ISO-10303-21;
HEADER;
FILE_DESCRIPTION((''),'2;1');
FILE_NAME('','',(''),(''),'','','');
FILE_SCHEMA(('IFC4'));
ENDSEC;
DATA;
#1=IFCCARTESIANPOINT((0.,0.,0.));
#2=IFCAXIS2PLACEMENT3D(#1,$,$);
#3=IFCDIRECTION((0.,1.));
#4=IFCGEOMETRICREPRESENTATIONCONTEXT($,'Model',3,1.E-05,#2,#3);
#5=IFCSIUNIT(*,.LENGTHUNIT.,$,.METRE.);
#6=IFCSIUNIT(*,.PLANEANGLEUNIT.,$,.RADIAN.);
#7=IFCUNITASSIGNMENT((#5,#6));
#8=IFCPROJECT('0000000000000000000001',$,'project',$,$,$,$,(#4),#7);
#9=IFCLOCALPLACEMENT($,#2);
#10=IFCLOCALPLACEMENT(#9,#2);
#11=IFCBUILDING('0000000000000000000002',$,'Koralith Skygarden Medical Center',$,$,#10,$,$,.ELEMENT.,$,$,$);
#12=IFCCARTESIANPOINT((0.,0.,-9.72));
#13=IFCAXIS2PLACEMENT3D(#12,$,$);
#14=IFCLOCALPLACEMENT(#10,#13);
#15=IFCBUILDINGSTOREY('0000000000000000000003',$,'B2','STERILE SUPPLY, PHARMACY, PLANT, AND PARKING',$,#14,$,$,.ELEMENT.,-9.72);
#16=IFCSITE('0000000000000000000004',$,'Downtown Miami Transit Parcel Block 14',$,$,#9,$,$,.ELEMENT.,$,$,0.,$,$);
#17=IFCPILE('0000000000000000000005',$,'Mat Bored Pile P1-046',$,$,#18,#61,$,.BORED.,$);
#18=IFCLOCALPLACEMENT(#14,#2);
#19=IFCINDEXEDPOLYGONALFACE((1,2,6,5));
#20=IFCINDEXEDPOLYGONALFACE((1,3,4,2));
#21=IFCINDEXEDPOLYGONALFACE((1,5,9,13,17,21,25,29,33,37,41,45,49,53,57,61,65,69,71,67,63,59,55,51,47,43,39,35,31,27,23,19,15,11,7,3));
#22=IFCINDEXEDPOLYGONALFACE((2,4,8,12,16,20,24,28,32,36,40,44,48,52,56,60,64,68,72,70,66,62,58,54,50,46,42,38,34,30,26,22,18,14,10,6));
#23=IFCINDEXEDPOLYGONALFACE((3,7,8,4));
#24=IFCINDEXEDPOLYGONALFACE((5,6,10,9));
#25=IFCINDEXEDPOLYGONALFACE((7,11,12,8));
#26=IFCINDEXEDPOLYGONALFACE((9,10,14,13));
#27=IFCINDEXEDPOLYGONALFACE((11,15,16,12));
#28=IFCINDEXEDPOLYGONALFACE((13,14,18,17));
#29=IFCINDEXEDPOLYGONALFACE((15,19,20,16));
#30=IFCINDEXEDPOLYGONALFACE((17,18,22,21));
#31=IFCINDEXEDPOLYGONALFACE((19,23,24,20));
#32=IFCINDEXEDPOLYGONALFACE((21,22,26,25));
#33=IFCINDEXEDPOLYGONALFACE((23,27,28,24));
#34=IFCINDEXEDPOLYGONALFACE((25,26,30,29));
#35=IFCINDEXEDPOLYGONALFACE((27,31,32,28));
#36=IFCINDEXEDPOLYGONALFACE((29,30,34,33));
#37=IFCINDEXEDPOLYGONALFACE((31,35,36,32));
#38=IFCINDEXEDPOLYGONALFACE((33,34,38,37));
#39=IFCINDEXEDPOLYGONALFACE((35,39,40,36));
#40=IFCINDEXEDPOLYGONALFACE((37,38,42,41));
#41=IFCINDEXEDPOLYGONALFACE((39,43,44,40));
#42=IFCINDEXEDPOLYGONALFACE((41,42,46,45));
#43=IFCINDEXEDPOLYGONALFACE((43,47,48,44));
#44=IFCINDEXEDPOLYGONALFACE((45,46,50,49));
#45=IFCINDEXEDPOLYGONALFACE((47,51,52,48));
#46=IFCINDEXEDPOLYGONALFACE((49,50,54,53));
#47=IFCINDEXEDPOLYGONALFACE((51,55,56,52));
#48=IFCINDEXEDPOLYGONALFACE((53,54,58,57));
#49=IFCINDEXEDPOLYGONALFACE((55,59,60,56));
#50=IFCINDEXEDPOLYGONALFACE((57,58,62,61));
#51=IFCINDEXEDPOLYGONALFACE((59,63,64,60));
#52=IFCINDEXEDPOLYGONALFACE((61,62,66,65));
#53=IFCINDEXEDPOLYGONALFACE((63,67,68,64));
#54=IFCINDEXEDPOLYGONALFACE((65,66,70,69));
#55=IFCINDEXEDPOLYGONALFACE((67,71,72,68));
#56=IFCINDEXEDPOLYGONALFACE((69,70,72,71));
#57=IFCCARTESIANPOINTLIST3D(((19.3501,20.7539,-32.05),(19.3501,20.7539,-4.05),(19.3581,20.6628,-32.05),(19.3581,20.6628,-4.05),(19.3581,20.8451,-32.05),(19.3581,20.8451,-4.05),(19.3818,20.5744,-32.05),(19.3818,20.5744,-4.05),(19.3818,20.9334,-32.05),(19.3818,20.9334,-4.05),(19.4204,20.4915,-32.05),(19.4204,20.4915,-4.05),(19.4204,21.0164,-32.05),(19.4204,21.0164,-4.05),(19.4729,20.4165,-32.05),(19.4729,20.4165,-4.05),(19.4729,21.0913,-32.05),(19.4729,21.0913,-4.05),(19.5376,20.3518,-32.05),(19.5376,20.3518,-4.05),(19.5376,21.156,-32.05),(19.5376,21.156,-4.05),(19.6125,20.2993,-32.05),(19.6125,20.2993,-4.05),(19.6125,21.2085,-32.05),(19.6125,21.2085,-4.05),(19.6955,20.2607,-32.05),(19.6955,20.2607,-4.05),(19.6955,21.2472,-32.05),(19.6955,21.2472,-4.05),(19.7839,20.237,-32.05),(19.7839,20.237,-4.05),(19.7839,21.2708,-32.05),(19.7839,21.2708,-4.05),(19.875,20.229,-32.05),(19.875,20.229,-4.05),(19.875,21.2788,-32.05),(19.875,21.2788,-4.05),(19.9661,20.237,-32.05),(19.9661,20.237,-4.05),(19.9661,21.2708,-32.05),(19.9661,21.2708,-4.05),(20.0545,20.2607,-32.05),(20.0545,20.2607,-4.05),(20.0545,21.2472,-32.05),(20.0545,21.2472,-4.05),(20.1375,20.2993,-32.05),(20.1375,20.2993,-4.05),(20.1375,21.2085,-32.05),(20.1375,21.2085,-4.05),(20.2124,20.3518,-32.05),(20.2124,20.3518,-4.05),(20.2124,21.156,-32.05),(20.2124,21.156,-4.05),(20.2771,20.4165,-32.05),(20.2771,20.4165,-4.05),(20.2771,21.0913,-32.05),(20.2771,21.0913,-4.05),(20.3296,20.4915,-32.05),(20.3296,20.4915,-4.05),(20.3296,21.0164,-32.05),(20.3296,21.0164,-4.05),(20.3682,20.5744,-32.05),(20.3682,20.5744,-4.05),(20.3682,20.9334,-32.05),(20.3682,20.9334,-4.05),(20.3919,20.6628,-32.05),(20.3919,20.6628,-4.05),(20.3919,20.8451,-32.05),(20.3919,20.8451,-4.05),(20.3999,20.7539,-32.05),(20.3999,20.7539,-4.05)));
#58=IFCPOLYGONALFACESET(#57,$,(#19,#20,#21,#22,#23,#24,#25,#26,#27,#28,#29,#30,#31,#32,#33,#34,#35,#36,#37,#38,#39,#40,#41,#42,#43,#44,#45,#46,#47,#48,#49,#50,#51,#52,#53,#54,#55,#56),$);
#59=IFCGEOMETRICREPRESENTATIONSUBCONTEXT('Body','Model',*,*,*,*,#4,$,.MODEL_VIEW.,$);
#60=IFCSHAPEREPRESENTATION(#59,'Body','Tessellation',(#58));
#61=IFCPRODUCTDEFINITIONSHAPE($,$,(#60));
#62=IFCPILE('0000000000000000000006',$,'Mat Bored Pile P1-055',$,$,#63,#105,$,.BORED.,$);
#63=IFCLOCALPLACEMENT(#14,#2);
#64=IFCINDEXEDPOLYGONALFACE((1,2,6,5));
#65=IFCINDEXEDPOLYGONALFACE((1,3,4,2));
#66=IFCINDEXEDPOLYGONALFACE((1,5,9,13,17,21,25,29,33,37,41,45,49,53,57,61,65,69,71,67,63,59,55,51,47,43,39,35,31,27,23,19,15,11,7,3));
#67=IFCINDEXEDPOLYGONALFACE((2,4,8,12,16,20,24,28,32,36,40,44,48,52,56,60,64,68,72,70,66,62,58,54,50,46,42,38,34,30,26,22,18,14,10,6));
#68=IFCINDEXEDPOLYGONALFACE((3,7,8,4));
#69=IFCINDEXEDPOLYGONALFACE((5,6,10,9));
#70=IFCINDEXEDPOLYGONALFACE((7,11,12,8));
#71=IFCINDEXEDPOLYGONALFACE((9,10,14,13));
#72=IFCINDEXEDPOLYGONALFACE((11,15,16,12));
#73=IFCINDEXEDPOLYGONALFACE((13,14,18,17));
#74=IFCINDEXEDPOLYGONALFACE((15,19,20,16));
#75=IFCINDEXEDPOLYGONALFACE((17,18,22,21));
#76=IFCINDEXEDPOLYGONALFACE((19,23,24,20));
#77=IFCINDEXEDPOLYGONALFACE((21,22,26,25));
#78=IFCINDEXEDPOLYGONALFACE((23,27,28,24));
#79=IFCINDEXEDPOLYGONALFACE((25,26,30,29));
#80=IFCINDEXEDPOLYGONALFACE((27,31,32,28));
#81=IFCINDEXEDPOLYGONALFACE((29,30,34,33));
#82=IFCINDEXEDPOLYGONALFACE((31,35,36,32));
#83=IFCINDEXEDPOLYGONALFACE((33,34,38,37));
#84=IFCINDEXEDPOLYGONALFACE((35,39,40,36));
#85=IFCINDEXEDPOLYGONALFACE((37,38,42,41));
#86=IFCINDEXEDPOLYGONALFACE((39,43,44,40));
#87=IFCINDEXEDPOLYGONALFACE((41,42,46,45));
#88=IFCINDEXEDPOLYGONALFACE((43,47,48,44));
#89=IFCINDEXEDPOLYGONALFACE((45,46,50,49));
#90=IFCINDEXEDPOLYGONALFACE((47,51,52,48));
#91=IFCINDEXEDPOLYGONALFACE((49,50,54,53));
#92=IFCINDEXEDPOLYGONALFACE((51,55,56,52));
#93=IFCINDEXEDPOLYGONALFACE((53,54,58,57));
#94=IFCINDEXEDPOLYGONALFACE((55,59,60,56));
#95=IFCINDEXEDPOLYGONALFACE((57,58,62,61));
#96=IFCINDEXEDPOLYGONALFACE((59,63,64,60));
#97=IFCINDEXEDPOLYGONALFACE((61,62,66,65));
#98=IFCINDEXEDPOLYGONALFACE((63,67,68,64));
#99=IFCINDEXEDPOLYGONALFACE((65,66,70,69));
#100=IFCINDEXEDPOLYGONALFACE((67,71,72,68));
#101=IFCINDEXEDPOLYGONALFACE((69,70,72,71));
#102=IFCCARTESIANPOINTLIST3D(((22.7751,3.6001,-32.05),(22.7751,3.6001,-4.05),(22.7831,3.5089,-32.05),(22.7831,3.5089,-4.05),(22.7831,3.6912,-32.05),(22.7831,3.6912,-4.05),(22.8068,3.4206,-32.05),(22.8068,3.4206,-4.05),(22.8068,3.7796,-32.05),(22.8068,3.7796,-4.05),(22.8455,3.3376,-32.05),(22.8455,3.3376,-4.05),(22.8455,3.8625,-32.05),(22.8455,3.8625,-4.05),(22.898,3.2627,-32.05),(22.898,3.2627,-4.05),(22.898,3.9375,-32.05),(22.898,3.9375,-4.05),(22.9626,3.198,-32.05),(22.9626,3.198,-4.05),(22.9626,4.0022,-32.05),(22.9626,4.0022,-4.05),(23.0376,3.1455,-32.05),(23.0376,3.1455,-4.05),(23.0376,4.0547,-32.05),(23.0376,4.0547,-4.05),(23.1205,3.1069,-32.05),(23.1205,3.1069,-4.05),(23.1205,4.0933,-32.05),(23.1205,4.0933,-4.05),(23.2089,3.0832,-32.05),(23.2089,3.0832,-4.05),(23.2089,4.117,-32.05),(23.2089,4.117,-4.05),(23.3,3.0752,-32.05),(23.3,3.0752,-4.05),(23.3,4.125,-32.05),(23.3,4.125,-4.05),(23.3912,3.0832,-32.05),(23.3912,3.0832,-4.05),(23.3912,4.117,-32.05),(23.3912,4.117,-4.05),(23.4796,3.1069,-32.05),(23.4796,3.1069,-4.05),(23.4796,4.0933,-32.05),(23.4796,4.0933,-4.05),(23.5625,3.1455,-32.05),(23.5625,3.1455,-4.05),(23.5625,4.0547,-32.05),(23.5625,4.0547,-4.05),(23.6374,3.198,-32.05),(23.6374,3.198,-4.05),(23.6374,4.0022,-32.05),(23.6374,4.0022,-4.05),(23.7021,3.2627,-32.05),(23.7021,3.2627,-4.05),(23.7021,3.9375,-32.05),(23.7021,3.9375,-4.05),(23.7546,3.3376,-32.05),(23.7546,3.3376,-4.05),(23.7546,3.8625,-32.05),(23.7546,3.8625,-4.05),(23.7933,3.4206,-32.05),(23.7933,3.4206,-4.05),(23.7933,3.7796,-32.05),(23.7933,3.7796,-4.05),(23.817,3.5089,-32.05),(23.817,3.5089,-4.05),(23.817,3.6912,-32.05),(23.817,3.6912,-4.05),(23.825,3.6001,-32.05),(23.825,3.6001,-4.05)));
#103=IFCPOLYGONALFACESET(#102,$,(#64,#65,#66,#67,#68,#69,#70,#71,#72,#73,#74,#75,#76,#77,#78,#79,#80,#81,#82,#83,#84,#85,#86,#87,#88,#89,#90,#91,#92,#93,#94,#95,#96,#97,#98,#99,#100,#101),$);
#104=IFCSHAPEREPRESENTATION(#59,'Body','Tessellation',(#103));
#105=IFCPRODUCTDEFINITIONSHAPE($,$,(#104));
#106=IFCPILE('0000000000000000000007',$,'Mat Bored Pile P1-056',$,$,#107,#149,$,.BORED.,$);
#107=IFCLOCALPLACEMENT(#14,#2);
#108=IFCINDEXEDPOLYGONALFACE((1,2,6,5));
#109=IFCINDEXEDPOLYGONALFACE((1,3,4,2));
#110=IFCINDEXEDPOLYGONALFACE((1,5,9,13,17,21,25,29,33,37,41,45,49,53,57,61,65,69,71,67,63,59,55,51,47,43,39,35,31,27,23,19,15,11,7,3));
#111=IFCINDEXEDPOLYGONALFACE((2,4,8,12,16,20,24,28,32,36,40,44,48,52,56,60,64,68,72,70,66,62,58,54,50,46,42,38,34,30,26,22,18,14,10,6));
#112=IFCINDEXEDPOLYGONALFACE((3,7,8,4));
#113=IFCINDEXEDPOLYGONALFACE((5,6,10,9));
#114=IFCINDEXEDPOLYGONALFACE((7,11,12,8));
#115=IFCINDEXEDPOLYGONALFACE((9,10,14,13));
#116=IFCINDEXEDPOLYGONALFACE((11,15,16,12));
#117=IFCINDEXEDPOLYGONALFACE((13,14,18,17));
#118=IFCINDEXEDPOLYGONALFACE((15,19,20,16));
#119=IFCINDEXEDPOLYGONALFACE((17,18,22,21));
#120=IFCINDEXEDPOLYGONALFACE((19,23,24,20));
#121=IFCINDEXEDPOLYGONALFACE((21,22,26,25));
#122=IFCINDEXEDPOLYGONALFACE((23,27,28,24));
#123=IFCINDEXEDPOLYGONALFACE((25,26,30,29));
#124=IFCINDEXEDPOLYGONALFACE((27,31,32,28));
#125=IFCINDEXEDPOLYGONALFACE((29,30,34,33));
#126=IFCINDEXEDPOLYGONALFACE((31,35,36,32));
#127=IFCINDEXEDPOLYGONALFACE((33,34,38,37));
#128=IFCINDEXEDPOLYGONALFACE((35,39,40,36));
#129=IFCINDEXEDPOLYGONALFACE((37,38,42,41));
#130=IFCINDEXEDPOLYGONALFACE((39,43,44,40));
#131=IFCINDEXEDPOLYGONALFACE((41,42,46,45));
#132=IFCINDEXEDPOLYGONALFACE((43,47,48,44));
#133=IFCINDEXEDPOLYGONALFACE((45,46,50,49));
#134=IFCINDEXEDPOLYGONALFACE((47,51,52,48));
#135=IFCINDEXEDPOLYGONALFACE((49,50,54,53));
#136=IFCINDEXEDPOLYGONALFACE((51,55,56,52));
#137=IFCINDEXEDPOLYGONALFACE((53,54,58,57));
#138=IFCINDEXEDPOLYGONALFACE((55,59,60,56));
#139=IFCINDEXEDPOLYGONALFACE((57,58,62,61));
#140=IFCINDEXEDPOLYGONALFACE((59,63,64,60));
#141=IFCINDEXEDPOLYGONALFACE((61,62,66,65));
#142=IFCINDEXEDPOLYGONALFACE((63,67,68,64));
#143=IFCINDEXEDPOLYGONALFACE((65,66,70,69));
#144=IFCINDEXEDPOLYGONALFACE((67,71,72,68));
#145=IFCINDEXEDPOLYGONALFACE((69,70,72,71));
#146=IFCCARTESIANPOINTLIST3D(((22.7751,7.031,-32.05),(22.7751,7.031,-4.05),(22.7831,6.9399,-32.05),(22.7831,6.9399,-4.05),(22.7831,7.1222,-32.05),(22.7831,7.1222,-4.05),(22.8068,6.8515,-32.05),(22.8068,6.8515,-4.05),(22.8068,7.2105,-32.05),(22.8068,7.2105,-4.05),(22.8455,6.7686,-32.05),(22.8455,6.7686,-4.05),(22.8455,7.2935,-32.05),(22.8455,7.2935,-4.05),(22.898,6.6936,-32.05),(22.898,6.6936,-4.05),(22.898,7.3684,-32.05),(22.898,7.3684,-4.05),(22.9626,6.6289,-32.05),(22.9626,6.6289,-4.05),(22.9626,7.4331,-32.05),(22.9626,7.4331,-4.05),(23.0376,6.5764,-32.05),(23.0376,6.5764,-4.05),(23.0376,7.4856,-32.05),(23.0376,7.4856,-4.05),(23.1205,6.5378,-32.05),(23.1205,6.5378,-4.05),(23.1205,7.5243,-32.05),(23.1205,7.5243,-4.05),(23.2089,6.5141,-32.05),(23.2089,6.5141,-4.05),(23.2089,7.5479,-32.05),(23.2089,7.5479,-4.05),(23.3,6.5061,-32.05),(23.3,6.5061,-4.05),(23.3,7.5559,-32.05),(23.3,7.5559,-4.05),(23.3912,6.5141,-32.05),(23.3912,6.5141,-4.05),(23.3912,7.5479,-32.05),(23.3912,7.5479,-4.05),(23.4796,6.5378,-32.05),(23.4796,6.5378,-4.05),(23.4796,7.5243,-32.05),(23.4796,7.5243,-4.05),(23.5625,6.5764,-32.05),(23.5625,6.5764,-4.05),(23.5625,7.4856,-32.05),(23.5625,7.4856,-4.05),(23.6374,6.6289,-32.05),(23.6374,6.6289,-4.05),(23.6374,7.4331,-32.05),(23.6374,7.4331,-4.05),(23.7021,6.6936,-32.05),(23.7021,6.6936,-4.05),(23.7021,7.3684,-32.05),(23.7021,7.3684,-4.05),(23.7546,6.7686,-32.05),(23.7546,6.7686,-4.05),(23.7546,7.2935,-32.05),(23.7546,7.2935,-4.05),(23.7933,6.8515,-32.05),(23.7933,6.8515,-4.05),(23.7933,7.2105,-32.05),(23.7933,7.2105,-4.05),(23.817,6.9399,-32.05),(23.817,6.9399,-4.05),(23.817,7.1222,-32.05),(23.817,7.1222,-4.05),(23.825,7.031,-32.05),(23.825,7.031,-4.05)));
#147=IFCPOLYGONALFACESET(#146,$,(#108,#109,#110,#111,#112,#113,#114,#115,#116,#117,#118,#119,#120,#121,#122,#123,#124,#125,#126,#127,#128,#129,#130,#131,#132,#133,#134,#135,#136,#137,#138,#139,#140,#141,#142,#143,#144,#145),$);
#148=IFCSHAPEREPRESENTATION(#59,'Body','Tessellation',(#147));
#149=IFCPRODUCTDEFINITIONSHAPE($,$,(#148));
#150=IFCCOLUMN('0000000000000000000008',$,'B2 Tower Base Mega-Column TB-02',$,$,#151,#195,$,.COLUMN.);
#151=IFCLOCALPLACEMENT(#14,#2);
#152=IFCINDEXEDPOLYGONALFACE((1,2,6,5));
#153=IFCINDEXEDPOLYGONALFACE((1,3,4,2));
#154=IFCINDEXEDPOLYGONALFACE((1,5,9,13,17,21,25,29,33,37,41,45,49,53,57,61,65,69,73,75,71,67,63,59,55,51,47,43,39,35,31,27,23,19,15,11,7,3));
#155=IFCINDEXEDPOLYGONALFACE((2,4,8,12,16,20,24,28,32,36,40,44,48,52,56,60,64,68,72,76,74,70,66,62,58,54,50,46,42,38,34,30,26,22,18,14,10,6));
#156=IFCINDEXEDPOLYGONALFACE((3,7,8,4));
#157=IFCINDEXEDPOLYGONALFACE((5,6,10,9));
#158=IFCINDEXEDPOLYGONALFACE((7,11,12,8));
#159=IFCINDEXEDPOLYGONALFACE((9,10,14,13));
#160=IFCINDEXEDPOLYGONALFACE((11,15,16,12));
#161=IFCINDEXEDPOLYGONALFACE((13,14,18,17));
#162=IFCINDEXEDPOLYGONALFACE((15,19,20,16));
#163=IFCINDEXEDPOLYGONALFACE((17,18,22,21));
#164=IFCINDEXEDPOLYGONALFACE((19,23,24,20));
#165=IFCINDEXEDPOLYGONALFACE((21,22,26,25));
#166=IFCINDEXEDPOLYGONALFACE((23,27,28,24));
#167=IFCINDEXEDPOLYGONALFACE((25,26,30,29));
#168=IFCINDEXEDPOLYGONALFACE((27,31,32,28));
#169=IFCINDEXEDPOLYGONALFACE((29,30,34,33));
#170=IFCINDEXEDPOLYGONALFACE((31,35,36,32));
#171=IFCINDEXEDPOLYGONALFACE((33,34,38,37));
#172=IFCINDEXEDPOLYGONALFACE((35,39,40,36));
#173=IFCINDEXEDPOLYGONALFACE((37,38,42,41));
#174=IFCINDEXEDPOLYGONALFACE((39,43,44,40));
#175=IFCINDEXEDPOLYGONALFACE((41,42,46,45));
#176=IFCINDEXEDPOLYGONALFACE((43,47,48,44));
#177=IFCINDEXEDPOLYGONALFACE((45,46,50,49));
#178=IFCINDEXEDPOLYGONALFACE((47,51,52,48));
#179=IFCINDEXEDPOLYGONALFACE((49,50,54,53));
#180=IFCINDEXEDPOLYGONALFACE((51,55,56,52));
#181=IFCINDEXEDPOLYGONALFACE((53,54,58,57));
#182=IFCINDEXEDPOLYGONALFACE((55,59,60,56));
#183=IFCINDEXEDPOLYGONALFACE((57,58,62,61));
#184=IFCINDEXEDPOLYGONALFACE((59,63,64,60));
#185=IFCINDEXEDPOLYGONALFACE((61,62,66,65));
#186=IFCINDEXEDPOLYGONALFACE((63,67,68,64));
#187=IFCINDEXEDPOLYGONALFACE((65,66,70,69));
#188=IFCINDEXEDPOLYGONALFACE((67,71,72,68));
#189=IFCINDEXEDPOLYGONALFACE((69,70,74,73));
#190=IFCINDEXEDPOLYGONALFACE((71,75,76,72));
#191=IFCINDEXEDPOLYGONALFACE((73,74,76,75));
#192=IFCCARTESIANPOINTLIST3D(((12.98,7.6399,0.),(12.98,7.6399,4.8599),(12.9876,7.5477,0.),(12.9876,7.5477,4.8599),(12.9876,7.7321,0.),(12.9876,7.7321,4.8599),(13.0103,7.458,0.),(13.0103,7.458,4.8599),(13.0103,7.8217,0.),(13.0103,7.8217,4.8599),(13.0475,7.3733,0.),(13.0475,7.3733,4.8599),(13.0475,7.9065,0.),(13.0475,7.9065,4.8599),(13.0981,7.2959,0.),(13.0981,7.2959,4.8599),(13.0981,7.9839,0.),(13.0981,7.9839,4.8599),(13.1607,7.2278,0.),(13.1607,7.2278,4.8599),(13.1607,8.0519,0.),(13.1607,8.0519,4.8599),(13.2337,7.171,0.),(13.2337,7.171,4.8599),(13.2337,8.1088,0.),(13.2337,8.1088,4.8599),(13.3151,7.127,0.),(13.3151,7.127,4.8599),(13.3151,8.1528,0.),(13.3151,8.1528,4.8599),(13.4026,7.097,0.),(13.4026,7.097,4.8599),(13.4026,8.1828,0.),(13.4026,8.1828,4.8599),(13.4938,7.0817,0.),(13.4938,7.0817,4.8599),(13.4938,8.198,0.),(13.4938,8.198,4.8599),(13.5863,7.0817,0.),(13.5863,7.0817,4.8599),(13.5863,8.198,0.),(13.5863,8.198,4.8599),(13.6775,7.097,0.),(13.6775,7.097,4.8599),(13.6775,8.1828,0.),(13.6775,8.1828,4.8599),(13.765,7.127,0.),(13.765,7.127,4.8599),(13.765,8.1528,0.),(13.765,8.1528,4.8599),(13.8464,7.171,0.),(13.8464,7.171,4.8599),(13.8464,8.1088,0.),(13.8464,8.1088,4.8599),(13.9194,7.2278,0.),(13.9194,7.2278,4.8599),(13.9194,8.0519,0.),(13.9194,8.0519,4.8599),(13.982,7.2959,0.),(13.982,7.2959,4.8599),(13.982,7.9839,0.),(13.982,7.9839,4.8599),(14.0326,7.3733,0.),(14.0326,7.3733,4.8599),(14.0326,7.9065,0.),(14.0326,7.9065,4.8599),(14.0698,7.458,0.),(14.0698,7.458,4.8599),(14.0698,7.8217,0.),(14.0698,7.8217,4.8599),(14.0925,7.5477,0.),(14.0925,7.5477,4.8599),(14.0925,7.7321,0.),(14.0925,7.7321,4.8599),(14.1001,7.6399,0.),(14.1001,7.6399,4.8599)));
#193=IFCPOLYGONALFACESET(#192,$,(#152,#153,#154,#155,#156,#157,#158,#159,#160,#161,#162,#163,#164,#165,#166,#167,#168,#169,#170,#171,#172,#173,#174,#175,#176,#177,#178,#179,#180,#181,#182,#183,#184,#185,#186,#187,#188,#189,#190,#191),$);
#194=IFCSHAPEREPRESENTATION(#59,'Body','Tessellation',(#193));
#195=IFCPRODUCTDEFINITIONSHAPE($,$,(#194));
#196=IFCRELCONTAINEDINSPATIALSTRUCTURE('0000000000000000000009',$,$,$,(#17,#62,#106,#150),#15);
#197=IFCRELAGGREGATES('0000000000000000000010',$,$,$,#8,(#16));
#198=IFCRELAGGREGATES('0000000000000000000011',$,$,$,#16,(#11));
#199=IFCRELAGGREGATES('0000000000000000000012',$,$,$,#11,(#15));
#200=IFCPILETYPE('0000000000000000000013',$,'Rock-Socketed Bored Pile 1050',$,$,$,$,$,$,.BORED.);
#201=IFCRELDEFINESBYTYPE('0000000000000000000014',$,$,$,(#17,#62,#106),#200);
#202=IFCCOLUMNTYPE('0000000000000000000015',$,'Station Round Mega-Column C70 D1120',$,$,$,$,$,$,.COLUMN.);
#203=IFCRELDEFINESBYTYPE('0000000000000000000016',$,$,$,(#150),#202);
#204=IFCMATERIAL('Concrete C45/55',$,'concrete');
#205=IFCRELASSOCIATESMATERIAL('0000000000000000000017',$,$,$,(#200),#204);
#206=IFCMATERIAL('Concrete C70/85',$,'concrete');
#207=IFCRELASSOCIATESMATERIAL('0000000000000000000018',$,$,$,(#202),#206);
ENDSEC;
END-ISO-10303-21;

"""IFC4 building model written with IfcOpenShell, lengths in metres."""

from ifc_helpers import new_model, si_unit, direction, frame, origin, origin_2d, place, context, subcontext, project, spatial, circle, extrude, material, material_profile, profile_set, type_object, element, save


model = new_model("IFC4")

# Units and contexts
model_context = context("Model", 3, precision=1e-05, world=origin(), true_north=direction((0.0, 1.0)))
body_context = subcontext(model_context, "Body", "Model", "MODEL_VIEW")
ifc_project = project(units=[si_unit("LENGTHUNIT", "METRE"), si_unit("PLANEANGLEUNIT", "RADIAN")], contexts=[model_context])

# Site, building, storey
site_placement = place(None, origin())
site = spatial("IfcSite", under=ifc_project, at=site_placement, Name="Downtown Miami Transit Parcel Block 14", CompositionType="ELEMENT", RefElevation=0.0)
building_placement = place(site_placement, origin())
building = spatial("IfcBuilding", under=site, at=building_placement, Name="Koralith Skygarden Medical Center", CompositionType="ELEMENT")
storey_placement = place(building_placement, frame((0.0, 0.0, -9.72)))
storey = spatial("IfcBuildingStorey", under=building, at=storey_placement, Name="B2", Description="STERILE SUPPLY, PHARMACY, PLANT, AND PARKING", CompositionType="ELEMENT", Elevation=-9.72)

# Piles
ifc_material_1 = material(Name="Concrete C45/55", Category="concrete")
ifc_material_profile_1 = material_profile(ifc_material_1, circle(Radius=0.5249, at=origin_2d()), Name="PILE1050")
ifc_profile_set_1 = profile_set([ifc_material_profile_1], Name="Concrete C45/55")
pile_type = type_object("IfcPileType", Name="Rock-Socketed Bored Pile 1050", PredefinedType="BORED", material=ifc_profile_set_1)
for number, where, z_axis, x_axis, name in (
    (1, (19.875, 20.7539, -4.05), (0.0, 0.0, -1.0), (1.0, 0.0, 0.0), "Mat Bored Pile P1-046"),
    (2, (23.3, 3.6001, -4.05), (0.0, 0.0, -1.0), (1.0, 0.0, 0.0), "Mat Bored Pile P1-055"),
    (3, (23.3, 7.031, -4.05), (0.0, 0.0, -1.0), (1.0, 0.0, 0.0), "Mat Bored Pile P1-056"),
):
    element("IfcPile", number, at=place(storey_placement, frame(where, z_axis=z_axis, x_axis=x_axis)), inside=storey, type_object=pile_type, Name=name, PredefinedType="BORED", context=body_context, shape_type="SweptSolid", body=[
        extrude(circle(Radius=0.5249, at=origin_2d()), origin(), (0.0, 0.0, 1.0), 28.0),
    ])

# Column
ifc_material_2 = material(Name="Concrete C70/85", Category="concrete")
ifc_material_profile_2 = material_profile(ifc_material_2, circle(Radius=0.5601, at=origin_2d()), Name="RCCOL1120")
ifc_profile_set_2 = profile_set([ifc_material_profile_2], Name="Concrete C70/85")
column_type_1 = type_object("IfcColumnType", Name="Station Round Mega-Column C70 D1120", PredefinedType="COLUMN", material=ifc_profile_set_2)
column_placement = place(storey_placement, frame((13.54, 7.6399, 0.0), z_axis=(0.0, 0.0, 1.0), x_axis=(1.0, 0.0, 0.0)))
element("IfcColumn", 4, at=column_placement, inside=storey, type_object=column_type_1, Name="B2 Tower Base Mega-Column TB-02", PredefinedType="COLUMN", context=body_context, shape_type="SweptSolid", body=[
    extrude(circle(Radius=0.5601, at=origin_2d()), origin(), (0.0, 0.0, 1.0), 4.8599),
])

save(model, "model.ifc")
